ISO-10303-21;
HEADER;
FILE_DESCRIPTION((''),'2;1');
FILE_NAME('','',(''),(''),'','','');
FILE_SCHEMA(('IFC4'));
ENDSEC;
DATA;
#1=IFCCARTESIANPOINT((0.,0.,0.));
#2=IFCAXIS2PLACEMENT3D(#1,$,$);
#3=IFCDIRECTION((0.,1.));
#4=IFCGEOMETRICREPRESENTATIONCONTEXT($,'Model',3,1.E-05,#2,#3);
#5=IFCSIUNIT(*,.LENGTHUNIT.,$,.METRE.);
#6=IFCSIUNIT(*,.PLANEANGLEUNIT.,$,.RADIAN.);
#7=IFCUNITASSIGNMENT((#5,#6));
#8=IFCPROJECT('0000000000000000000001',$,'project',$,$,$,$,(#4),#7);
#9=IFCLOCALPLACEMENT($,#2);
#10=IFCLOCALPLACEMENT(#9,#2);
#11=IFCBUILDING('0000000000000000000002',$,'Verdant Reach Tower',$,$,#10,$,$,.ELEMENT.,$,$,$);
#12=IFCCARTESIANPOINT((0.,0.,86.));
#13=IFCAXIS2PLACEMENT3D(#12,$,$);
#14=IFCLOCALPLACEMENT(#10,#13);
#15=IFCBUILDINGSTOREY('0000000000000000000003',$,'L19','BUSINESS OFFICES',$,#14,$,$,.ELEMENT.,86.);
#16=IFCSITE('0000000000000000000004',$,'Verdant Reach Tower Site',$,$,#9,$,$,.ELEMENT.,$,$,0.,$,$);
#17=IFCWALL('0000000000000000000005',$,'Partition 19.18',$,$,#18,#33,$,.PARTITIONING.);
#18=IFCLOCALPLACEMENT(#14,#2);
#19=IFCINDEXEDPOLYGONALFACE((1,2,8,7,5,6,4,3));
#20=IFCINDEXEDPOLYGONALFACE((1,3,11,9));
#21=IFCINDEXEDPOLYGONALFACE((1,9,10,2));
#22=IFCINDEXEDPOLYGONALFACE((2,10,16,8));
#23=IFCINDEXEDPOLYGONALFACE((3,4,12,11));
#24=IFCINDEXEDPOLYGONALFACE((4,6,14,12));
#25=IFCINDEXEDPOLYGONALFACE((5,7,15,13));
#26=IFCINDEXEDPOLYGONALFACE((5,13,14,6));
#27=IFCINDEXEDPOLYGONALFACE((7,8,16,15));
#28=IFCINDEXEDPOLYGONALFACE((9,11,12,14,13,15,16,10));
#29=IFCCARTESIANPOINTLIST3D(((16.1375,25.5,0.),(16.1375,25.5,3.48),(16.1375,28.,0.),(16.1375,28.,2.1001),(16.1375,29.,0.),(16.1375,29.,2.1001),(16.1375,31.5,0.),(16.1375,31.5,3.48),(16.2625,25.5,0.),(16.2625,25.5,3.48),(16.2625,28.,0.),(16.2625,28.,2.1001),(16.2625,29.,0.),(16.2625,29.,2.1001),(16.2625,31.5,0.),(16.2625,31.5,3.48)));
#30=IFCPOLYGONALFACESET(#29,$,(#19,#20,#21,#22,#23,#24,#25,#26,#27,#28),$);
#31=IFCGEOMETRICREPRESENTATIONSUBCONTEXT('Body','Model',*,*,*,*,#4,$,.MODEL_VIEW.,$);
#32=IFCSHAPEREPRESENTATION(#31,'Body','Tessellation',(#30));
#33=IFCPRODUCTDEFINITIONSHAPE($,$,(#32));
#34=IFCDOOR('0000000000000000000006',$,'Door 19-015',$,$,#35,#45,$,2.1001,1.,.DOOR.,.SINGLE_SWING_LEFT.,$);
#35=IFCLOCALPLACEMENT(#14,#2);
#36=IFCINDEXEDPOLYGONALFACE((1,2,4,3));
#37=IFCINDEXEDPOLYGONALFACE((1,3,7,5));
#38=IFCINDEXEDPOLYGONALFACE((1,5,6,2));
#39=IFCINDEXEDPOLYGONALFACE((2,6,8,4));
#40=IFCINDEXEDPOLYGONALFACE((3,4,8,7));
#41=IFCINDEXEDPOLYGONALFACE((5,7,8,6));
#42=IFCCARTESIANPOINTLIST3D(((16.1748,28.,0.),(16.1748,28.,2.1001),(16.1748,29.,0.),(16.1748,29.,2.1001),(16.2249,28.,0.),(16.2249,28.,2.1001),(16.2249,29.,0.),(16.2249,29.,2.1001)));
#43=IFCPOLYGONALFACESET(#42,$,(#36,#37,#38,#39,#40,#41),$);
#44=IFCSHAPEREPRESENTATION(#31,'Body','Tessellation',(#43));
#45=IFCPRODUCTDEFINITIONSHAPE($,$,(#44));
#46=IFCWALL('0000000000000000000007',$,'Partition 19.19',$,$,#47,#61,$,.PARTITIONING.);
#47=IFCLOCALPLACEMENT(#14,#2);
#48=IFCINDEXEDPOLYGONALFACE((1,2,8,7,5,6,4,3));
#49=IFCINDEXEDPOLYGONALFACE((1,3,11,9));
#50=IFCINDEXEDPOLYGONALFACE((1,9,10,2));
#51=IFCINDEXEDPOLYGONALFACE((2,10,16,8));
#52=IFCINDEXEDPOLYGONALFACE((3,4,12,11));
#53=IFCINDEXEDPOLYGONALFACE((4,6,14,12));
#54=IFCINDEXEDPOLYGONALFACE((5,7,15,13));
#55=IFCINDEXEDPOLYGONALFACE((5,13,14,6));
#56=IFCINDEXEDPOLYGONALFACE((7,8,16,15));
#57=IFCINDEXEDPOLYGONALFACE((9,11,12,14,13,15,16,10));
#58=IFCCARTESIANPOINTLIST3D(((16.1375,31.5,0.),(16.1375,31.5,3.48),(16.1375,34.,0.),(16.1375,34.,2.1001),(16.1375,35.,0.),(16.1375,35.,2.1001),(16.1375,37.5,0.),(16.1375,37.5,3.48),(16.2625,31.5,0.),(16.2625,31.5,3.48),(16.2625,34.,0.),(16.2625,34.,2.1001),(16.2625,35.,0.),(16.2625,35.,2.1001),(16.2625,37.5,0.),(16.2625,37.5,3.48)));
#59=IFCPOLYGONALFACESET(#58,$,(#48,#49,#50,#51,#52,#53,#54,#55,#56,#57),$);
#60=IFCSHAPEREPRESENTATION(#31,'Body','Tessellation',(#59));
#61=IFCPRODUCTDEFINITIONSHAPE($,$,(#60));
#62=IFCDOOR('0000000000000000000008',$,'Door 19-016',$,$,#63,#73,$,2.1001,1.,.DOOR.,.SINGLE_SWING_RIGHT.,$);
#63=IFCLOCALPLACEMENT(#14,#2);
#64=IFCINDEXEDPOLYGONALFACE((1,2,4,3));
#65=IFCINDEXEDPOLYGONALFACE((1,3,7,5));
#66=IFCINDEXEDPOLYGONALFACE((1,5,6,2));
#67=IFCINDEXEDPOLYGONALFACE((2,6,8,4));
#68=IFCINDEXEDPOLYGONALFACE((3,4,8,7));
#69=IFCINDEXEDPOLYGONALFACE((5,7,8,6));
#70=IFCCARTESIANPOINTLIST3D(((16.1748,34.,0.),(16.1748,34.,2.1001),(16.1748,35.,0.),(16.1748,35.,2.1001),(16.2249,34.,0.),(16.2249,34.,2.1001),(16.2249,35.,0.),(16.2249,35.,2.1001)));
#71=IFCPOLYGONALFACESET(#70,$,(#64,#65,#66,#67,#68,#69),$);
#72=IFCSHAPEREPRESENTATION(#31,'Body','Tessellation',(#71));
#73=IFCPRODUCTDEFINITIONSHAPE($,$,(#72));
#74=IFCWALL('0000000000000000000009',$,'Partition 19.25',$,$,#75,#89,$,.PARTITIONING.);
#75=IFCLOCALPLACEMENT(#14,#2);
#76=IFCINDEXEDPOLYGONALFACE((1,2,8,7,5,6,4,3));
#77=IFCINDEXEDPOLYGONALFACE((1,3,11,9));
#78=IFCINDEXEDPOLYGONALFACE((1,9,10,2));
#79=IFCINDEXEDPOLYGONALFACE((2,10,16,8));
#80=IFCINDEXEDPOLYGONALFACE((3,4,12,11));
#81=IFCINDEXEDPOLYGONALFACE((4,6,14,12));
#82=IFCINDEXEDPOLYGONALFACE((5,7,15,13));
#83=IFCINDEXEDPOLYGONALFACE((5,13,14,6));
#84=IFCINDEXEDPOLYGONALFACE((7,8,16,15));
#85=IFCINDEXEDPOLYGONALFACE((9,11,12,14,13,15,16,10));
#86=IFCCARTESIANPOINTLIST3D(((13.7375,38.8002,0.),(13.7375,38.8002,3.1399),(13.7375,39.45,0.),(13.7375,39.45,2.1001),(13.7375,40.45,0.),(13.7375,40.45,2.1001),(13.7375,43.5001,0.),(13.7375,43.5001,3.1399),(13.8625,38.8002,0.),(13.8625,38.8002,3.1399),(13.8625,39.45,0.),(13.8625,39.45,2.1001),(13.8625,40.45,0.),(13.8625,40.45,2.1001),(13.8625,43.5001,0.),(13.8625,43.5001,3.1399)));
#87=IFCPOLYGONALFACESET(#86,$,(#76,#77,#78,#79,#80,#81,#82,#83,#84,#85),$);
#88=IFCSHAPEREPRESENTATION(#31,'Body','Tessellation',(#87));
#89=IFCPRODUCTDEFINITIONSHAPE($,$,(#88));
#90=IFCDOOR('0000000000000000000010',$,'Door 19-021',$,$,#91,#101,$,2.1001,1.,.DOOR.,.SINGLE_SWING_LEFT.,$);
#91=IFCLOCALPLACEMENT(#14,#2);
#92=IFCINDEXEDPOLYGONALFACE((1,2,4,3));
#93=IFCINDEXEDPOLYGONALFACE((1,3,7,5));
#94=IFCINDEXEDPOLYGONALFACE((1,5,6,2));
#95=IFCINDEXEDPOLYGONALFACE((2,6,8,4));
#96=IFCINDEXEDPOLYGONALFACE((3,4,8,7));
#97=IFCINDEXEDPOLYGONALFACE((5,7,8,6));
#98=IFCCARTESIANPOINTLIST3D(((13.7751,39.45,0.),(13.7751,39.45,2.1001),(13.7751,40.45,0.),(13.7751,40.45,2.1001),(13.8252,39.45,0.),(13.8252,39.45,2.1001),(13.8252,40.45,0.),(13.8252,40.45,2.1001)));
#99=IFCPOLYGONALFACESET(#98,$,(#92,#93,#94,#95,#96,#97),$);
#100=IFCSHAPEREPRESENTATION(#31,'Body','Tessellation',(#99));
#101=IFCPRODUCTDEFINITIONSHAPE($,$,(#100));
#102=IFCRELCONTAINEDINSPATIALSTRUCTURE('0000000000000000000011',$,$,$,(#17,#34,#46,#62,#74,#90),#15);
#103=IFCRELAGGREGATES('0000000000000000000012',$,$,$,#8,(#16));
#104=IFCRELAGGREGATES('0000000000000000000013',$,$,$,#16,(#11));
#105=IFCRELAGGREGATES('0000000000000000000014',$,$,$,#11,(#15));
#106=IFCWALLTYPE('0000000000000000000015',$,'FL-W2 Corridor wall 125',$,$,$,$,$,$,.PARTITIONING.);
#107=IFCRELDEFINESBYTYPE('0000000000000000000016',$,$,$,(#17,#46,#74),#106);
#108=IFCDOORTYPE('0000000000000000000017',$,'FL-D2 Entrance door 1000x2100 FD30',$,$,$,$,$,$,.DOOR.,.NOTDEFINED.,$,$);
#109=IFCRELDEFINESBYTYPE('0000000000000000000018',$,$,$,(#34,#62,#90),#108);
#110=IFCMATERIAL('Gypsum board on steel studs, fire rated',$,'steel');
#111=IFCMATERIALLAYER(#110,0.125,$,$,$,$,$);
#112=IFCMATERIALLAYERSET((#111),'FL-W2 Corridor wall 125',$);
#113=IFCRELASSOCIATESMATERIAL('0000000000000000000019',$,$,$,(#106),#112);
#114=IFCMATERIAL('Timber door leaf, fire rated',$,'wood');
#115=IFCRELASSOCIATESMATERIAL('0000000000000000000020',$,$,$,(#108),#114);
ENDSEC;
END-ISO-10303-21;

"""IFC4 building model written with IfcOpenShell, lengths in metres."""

from ifc_helpers import new_model, si_unit, direction, frame, frame_2d, origin, place, context, subcontext, project, spatial, rectangle, extrude, material, layer, layer_set, type_object, element, fill, save


model = new_model("IFC4")

# Units and contexts
model_context = context("Model", 3, precision=1e-05, world=origin(), true_north=direction((0.0, 1.0)))
body_context = subcontext(model_context, "Body", "Model", "MODEL_VIEW")
ifc_project = project(units=[si_unit("LENGTHUNIT", "METRE"), si_unit("PLANEANGLEUNIT", "RADIAN")], contexts=[model_context])

# Site, building, storey
site_placement = place(None, origin())
site = spatial("IfcSite", under=ifc_project, at=site_placement, Name="Verdant Reach Tower Site", CompositionType="ELEMENT", RefElevation=0.0)
building_placement = place(site_placement, origin())
building = spatial("IfcBuilding", under=site, at=building_placement, Name="Verdant Reach Tower", CompositionType="ELEMENT")
storey_placement = place(building_placement, frame((0.0, 0.0, 86.0)))
storey = spatial("IfcBuildingStorey", under=building, at=storey_placement, Name="L19", Description="BUSINESS OFFICES", CompositionType="ELEMENT", Elevation=86.0)

# Walls, openings, doors
ifc_material_1 = material(Name="Gypsum board on steel studs, fire rated", Category="steel")
ifc_layer_1 = layer(ifc_material_1, 0.125)
ifc_layer_set_1 = layer_set([ifc_layer_1], Name="FL-W2 Corridor wall 125")
wall_type_1 = type_object("IfcWallType", Name="FL-W2 Corridor wall 125", PredefinedType="PARTITIONING", material=ifc_layer_set_1)
wall_1_placement = place(storey_placement, frame((16.2, 31.5, 0.0), z_axis=(0.0, 0.0, 1.0), x_axis=(0.0, -1.0, 0.0)))
wall_1 = element("IfcWall", 1, at=wall_1_placement, inside=storey, type_object=wall_type_1, Name="Partition 19.18", PredefinedType="PARTITIONING", context=body_context, shape_type="SweptSolid", body=[
    extrude(rectangle(XDim=6.0, YDim=0.125, at=frame_2d((3.0, 0.0))), origin(), (0.0, 0.0, 1.0), 3.48),
])
opening_1_placement = place(wall_1_placement, frame((2.5, 0.0, 0.0)))
opening_1 = element("IfcOpeningElement", 2, at=opening_1_placement, cuts=wall_1, PredefinedType="OPENING", context=body_context, shape_type="SweptSolid", body=[
    extrude(rectangle(XDim=1.0, YDim=2.1001, at=frame_2d((0.5, 1.05))), frame((0.0, 0.0725, 0.0), z_axis=(0.0, -1.0, 0.0), x_axis=(1.0, 0.0, 0.0)), (0.0, 0.0, 1.0), 0.145),
])
ifc_material_2 = material(Name="Timber door leaf, fire rated", Category="wood")
door_type_1 = type_object("IfcDoorType", Name="FL-D2 Entrance door 1000x2100 FD30", OperationType="NOTDEFINED", PredefinedType="DOOR", material=ifc_material_2)
door_1_placement = place(opening_1_placement, origin())
door_1 = element("IfcDoor", 3, at=door_1_placement, inside=storey, type_object=door_type_1, Name="Door 19-015", OperationType="SINGLE_SWING_LEFT", OverallHeight=2.1001, OverallWidth=1.0, PredefinedType="DOOR", context=body_context, shape_type="SweptSolid", body=[
    extrude(rectangle(XDim=1.0, YDim=2.1001, at=frame_2d((0.5, 1.05))), frame((0.0, 0.0249, 0.0), z_axis=(0.0, -1.0, 0.0), x_axis=(1.0, 0.0, 0.0)), (0.0, 0.0, 1.0), 0.05),
])
fill(opening_1, door_1)
wall_2_placement = place(storey_placement, frame((16.2, 37.5, 0.0), z_axis=(0.0, 0.0, 1.0), x_axis=(0.0, -1.0, 0.0)))
wall_2 = element("IfcWall", 4, at=wall_2_placement, inside=storey, type_object=wall_type_1, Name="Partition 19.19", PredefinedType="PARTITIONING", context=body_context, shape_type="SweptSolid", body=[
    extrude(rectangle(XDim=6.0, YDim=0.125, at=frame_2d((3.0, 0.0))), origin(), (0.0, 0.0, 1.0), 3.48),
])
opening_2_placement = place(wall_2_placement, frame((2.5, 0.0, 0.0)))
opening_2 = element("IfcOpeningElement", 5, at=opening_2_placement, cuts=wall_2, PredefinedType="OPENING", context=body_context, shape_type="SweptSolid", body=[
    extrude(rectangle(XDim=1.0, YDim=2.1001, at=frame_2d((0.5, 1.05))), frame((0.0, 0.0725, 0.0), z_axis=(0.0, -1.0, 0.0), x_axis=(1.0, 0.0, 0.0)), (0.0, 0.0, 1.0), 0.145),
])
door_2_placement = place(opening_2_placement, origin())
door_2 = element("IfcDoor", 6, at=door_2_placement, inside=storey, type_object=door_type_1, Name="Door 19-016", OperationType="SINGLE_SWING_RIGHT", OverallHeight=2.1001, OverallWidth=1.0, PredefinedType="DOOR", context=body_context, shape_type="SweptSolid", body=[
    extrude(rectangle(XDim=1.0, YDim=2.1001, at=frame_2d((0.5, 1.05))), frame((0.0, 0.0249, 0.0), z_axis=(0.0, -1.0, 0.0), x_axis=(1.0, 0.0, 0.0)), (0.0, 0.0, 1.0), 0.05),
])
fill(opening_2, door_2)
wall_3_placement = place(storey_placement, frame((13.8, 38.8, 0.0), z_axis=(0.0, 0.0, 1.0), x_axis=(0.0, 1.0, 0.0)))
wall_3 = element("IfcWall", 7, at=wall_3_placement, inside=storey, type_object=wall_type_1, Name="Partition 19.25", PredefinedType="PARTITIONING", context=body_context, shape_type="SweptSolid", body=[
    extrude(rectangle(XDim=4.7, YDim=0.125, at=frame_2d((2.3501, 0.0))), origin(), (0.0, 0.0, 1.0), 3.1399),
])
opening_3_placement = place(wall_3_placement, frame((0.6499, 0.0, 0.0)))
opening_3 = element("IfcOpeningElement", 8, at=opening_3_placement, cuts=wall_3, PredefinedType="OPENING", context=body_context, shape_type="SweptSolid", body=[
    extrude(rectangle(XDim=1.0, YDim=2.1001, at=frame_2d((0.5, 1.05))), frame((0.0, 0.0725, 0.0), z_axis=(0.0, -1.0, 0.0), x_axis=(1.0, 0.0, 0.0)), (0.0, 0.0, 1.0), 0.145),
])
door_3_placement = place(opening_3_placement, origin())
door_3 = element("IfcDoor", 9, at=door_3_placement, inside=storey, type_object=door_type_1, Name="Door 19-021", OperationType="SINGLE_SWING_LEFT", OverallHeight=2.1001, OverallWidth=1.0, PredefinedType="DOOR", context=body_context, shape_type="SweptSolid", body=[
    extrude(rectangle(XDim=1.0, YDim=2.1001, at=frame_2d((0.5, 1.05))), frame((0.0, 0.0249, 0.0), z_axis=(0.0, -1.0, 0.0), x_axis=(1.0, 0.0, 0.0)), (0.0, 0.0, 1.0), 0.05),
])
fill(opening_3, door_3)

save(model, "model.ifc")
